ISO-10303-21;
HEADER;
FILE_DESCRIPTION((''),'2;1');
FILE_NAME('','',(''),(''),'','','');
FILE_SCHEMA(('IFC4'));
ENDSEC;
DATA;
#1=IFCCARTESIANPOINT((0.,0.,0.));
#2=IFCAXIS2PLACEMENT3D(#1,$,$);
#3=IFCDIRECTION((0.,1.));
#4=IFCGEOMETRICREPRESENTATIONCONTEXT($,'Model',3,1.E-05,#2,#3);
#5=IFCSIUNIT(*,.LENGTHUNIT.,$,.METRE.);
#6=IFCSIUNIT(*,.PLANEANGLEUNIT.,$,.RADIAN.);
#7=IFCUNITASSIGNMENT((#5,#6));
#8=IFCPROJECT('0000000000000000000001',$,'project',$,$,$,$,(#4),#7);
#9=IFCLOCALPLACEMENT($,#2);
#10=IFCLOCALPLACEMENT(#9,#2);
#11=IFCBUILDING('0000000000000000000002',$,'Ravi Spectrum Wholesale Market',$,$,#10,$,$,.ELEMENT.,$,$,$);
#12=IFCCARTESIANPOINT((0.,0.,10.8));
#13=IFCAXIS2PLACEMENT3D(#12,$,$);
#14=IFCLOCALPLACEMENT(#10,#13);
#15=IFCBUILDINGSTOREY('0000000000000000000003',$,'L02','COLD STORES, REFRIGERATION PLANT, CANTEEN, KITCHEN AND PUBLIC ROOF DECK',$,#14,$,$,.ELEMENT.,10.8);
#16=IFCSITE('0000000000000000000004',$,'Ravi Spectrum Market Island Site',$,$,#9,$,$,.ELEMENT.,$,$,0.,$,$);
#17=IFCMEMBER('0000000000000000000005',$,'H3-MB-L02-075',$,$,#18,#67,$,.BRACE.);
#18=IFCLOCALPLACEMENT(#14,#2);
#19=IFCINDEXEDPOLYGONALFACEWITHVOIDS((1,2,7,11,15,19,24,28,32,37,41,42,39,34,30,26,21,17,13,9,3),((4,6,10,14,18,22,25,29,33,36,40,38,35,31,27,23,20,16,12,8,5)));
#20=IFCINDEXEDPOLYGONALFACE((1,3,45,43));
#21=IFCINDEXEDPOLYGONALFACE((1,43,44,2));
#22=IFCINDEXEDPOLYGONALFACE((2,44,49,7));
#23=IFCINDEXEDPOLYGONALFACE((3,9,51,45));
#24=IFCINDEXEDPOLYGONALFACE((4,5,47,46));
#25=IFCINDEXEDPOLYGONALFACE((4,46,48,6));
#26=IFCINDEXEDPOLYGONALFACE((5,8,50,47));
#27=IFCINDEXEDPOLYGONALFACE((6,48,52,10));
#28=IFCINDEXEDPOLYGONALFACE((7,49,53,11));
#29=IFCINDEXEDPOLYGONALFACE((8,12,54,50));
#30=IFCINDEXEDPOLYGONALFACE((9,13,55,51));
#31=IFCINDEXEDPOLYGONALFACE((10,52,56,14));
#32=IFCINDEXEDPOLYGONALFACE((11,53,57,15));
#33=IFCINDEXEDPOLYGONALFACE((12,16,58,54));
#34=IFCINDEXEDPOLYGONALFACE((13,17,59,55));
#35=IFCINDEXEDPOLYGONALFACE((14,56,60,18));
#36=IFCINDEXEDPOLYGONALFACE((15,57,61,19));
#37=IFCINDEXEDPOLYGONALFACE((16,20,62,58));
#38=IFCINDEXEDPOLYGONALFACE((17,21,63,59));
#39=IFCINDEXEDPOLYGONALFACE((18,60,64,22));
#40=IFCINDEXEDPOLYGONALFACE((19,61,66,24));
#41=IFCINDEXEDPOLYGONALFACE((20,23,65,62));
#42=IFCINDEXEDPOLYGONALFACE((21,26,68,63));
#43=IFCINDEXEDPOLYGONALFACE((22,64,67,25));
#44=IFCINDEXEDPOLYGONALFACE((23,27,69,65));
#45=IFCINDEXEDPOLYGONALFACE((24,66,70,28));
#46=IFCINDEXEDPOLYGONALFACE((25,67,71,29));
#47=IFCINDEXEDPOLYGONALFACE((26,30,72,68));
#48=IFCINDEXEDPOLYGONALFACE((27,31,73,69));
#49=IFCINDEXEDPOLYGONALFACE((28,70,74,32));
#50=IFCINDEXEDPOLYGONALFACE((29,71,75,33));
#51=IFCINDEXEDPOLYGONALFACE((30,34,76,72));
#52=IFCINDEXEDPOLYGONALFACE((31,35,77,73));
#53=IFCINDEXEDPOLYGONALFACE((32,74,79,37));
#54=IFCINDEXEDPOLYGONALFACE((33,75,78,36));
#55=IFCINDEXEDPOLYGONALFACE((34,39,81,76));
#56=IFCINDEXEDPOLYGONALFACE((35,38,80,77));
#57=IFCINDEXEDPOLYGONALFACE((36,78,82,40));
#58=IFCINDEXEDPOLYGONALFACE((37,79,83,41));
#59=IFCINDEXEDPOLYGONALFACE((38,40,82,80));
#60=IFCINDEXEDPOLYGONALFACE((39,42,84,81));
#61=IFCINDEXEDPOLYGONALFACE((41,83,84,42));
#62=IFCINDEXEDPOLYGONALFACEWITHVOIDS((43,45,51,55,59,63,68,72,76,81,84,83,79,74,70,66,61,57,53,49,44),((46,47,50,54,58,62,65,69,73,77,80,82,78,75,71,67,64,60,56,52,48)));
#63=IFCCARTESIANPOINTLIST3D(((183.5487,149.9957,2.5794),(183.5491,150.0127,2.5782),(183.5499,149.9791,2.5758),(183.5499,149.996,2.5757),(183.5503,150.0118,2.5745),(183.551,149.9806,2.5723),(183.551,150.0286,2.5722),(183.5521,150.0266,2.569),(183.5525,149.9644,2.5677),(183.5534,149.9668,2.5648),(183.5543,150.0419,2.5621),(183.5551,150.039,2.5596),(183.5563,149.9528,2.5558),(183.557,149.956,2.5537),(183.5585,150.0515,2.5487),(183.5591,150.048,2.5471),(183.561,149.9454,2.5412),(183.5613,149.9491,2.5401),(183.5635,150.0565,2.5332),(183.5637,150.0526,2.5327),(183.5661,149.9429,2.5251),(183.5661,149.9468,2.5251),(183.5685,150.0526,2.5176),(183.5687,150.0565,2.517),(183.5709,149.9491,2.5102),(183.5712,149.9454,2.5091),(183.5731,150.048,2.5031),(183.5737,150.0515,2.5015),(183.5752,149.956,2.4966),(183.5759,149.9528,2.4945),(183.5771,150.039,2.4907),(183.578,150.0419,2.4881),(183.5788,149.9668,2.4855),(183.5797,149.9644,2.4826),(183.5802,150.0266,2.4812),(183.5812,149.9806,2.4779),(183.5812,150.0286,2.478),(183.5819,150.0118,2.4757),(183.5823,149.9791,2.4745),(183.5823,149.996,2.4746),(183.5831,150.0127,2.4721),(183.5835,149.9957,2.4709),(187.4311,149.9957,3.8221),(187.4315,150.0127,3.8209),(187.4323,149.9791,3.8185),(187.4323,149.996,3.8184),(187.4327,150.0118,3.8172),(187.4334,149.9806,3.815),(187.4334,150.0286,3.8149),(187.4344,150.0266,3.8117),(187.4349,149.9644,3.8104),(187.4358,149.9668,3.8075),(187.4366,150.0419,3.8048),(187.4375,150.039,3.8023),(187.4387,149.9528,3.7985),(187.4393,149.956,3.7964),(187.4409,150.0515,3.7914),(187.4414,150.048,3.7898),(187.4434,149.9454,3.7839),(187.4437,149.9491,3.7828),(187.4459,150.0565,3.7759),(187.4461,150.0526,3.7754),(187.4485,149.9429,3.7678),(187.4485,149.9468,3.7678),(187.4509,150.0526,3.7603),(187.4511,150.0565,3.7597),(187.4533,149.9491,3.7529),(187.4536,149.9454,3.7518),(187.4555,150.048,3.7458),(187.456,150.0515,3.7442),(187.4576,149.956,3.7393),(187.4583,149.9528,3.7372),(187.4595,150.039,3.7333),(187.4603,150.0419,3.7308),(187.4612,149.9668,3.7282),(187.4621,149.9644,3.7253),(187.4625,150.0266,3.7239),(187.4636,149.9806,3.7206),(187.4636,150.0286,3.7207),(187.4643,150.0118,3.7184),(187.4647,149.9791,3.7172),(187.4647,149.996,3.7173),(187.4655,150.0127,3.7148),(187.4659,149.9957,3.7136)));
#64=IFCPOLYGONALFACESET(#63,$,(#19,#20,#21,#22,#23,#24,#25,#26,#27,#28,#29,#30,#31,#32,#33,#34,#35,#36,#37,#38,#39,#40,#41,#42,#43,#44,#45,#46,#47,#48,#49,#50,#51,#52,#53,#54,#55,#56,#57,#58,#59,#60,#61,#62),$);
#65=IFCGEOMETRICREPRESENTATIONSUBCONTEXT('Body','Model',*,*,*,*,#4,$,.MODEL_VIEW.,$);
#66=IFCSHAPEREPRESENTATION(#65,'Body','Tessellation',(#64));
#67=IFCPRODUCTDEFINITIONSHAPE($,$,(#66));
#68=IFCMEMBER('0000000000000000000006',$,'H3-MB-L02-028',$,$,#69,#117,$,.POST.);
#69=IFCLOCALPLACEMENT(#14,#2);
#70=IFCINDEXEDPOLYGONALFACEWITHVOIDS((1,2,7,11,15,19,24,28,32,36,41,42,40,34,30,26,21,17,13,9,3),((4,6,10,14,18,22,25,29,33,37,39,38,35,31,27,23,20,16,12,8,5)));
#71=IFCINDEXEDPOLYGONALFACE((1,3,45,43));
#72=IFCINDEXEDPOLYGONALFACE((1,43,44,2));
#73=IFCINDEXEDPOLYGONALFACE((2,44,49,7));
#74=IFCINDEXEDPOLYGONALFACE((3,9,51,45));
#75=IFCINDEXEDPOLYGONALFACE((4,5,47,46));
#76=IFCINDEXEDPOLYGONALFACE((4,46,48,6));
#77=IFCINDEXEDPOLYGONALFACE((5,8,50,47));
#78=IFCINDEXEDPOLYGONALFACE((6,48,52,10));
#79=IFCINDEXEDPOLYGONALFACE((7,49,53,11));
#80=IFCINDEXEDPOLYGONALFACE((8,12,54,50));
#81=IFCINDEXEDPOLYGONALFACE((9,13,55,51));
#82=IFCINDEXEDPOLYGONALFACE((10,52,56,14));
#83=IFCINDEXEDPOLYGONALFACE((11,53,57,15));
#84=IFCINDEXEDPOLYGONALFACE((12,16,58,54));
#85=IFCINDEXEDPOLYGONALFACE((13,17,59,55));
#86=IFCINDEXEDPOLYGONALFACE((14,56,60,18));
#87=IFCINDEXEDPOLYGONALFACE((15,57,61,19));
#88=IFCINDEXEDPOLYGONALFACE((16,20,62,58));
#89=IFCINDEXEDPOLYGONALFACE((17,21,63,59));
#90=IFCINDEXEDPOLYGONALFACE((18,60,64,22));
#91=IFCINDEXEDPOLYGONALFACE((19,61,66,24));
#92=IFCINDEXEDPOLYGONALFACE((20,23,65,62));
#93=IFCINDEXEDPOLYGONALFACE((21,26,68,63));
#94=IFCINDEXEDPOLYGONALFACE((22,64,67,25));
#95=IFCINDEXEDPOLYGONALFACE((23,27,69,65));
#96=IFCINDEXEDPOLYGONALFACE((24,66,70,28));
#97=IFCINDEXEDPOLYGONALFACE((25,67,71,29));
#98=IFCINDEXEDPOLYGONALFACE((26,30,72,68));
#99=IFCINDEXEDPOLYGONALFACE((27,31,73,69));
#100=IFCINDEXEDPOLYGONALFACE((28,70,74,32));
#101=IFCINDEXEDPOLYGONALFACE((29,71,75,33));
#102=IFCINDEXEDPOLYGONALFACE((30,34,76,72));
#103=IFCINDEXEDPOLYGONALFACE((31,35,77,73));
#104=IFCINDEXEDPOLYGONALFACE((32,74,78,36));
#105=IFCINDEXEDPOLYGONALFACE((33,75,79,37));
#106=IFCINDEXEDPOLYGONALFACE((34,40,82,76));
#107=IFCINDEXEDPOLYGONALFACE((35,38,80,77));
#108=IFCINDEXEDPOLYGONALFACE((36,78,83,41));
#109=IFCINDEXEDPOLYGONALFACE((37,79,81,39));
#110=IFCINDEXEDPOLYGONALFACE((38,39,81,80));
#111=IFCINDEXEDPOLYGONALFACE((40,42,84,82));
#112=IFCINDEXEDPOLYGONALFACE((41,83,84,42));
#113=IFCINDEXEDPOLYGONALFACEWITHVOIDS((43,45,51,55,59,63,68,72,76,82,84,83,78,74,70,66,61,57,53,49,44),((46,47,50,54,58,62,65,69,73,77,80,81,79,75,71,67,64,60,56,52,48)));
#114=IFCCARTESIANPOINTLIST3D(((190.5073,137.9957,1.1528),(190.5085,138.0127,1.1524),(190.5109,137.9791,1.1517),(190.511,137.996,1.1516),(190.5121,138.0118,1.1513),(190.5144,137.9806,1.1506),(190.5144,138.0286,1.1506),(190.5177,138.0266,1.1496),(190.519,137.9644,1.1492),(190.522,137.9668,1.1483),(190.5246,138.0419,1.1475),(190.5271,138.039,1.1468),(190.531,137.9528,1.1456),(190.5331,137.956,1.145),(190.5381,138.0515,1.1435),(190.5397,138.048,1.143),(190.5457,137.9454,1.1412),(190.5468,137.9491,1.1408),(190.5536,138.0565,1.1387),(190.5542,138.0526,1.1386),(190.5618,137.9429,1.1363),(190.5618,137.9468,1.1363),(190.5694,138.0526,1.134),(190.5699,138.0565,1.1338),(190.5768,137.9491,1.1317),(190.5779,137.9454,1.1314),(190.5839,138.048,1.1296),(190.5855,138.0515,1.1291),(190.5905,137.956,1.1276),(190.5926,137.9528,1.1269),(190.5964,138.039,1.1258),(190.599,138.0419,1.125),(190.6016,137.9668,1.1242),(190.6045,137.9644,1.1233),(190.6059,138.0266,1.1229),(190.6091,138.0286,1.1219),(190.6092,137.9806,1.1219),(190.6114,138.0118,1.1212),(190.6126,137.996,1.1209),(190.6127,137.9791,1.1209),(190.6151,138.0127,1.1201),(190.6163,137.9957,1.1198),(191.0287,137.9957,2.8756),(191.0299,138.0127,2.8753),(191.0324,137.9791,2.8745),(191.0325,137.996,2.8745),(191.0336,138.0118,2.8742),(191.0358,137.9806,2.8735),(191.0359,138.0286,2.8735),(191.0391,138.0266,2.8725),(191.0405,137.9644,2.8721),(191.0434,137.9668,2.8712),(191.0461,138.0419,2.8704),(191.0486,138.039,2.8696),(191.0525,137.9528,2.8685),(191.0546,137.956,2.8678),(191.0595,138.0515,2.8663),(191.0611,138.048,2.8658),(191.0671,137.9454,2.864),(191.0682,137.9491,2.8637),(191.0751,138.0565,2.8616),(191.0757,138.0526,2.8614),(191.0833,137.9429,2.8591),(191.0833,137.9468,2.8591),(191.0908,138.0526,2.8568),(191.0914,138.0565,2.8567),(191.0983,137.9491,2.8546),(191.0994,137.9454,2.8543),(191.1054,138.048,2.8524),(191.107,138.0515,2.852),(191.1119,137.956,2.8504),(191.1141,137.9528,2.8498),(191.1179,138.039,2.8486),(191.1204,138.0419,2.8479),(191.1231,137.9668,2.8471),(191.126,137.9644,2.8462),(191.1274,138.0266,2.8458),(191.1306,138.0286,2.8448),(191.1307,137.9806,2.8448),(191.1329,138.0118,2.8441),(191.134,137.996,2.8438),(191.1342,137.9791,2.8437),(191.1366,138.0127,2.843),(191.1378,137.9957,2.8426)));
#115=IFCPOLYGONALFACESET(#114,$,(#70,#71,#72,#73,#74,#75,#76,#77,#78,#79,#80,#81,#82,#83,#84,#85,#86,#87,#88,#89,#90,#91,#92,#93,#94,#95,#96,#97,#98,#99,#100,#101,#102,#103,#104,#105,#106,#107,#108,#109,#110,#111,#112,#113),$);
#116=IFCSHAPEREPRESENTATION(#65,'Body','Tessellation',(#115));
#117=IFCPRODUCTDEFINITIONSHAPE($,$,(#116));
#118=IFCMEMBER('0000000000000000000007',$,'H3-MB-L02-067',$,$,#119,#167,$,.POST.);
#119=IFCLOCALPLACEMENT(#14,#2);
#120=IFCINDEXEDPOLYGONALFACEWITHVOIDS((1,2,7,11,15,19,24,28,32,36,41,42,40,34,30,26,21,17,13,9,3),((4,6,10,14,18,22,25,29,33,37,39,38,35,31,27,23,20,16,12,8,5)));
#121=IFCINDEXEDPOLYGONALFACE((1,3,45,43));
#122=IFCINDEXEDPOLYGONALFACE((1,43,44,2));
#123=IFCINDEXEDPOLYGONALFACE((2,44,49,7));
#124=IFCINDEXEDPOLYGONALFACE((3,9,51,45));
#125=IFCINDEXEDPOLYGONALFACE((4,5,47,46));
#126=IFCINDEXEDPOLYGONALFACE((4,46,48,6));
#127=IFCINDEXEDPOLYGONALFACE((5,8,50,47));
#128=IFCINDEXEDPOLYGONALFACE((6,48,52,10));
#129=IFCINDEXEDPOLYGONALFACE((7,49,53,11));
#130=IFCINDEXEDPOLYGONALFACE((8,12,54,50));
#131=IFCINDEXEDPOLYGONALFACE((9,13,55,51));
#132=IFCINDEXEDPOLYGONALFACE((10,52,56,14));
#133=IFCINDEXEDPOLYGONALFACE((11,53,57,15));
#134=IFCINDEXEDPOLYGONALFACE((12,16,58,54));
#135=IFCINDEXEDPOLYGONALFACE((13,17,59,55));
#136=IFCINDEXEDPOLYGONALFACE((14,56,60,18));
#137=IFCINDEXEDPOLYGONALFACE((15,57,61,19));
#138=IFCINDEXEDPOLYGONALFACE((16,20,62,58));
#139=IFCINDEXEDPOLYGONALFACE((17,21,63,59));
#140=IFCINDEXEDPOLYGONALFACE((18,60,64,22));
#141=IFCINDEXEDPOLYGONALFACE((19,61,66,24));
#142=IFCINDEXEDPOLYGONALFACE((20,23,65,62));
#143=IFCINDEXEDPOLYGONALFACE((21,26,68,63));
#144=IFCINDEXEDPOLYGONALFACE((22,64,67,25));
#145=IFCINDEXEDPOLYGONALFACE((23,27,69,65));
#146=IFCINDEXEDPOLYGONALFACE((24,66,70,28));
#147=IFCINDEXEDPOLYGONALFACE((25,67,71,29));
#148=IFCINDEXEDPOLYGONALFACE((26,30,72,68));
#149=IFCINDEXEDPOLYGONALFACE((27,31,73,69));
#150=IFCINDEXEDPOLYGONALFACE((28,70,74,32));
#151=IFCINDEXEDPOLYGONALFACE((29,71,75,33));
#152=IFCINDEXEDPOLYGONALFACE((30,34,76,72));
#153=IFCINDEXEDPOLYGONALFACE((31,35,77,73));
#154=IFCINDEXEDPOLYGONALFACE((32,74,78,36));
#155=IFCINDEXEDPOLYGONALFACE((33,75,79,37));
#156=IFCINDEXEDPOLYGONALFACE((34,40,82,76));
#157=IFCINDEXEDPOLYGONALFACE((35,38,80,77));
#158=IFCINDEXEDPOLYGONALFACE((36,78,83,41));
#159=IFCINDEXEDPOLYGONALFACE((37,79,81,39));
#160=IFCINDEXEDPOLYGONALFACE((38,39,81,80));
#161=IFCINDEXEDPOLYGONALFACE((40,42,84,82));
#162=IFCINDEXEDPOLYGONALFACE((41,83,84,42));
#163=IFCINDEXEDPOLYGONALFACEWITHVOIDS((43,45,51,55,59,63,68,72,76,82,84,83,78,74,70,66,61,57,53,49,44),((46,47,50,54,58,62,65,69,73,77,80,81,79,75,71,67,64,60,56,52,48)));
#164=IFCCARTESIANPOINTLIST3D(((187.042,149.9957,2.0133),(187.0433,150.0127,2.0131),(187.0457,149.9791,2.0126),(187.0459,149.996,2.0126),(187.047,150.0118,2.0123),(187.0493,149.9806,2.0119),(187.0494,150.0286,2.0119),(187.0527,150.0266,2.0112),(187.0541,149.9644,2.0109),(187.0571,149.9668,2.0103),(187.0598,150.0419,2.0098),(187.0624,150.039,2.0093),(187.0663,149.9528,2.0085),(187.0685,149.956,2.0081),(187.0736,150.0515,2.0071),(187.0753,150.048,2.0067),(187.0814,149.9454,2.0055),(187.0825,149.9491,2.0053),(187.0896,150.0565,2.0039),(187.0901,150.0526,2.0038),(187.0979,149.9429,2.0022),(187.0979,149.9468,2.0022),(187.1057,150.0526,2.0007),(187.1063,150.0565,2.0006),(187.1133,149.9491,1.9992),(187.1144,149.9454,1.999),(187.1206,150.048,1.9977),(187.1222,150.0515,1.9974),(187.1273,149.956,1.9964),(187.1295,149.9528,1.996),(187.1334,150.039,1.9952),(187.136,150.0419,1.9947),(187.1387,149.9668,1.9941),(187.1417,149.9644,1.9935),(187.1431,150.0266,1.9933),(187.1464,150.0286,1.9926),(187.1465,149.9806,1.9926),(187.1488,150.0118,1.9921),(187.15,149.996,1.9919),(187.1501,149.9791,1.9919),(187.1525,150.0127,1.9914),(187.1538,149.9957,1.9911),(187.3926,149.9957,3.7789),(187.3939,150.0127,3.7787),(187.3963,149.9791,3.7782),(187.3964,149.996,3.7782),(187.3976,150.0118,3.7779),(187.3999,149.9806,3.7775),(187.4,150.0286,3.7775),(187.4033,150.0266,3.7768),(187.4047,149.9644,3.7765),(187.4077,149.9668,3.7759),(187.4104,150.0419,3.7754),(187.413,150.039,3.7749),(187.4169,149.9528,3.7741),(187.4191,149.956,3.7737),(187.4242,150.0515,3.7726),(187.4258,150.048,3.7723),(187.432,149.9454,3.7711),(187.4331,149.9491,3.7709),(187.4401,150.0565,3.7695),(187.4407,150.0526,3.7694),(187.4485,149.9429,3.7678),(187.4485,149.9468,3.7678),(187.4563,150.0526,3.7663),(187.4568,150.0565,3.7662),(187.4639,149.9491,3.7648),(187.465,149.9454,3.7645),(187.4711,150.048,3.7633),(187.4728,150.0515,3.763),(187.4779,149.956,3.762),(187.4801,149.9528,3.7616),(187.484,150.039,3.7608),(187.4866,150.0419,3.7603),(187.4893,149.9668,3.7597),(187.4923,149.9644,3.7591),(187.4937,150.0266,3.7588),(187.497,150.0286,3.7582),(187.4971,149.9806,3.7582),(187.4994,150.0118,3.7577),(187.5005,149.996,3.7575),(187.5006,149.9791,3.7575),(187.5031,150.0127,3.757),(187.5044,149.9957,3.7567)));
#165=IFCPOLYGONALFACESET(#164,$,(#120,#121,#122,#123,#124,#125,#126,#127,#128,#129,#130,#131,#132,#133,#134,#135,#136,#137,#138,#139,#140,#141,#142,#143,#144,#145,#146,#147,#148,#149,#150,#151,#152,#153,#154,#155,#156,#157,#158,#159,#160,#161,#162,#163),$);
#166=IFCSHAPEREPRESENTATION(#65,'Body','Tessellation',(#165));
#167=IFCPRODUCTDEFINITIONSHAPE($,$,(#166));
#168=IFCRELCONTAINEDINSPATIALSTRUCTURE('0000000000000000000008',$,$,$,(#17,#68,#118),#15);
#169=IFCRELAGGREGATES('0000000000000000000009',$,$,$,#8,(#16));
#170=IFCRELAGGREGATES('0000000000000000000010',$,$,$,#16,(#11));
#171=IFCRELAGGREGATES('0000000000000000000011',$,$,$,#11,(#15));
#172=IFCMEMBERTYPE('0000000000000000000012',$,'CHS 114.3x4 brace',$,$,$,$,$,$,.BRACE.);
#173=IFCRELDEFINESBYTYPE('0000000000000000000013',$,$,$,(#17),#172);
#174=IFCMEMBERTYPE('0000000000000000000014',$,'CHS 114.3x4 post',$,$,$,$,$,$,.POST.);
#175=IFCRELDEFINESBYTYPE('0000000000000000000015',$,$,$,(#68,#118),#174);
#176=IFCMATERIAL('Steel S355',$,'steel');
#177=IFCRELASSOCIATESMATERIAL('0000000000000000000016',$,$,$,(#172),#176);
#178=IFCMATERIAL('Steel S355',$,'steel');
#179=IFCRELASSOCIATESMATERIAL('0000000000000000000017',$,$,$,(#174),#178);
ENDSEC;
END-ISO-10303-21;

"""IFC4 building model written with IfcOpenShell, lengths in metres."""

from ifc_helpers import new_model, si_unit, direction, frame, origin, origin_2d, place, context, subcontext, project, spatial, hollow_circle, extrude, material, material_profile, profile_set, type_object, element, save


model = new_model("IFC4")

# Units and contexts
model_context = context("Model", 3, precision=1e-05, world=origin(), true_north=direction((0.0, 1.0)))
body_context = subcontext(model_context, "Body", "Model", "MODEL_VIEW")
ifc_project = project(units=[si_unit("LENGTHUNIT", "METRE"), si_unit("PLANEANGLEUNIT", "RADIAN")], contexts=[model_context])

# Site, building, storey
site_placement = place(None, origin())
site = spatial("IfcSite", under=ifc_project, at=site_placement, Name="Ravi Spectrum Market Island Site", CompositionType="ELEMENT", RefElevation=0.0)
building_placement = place(site_placement, origin())
building = spatial("IfcBuilding", under=site, at=building_placement, Name="Ravi Spectrum Wholesale Market", CompositionType="ELEMENT")
storey_placement = place(building_placement, frame((0.0, 0.0, 10.8)))
storey = spatial("IfcBuildingStorey", under=building, at=storey_placement, Name="L02", Description="COLD STORES, REFRIGERATION PLANT, CANTEEN, KITCHEN AND PUBLIC ROOF DECK", CompositionType="ELEMENT", Elevation=10.8)

# Members
ifc_material_1 = material(Name="Steel S355", Category="steel")
ifc_material_profile_1 = material_profile(ifc_material_1, hollow_circle(Radius=0.0571, WallThickness=0.0039, at=origin_2d()))
ifc_profile_set_1 = profile_set([ifc_material_profile_1], Name="Steel S355")
member_type_1 = type_object("IfcMemberType", Name="CHS 114.3x4 brace", PredefinedType="BRACE", material=ifc_profile_set_1)
member_1_placement = place(storey_placement, frame((187.4485, 150.0, 3.7678), z_axis=(-0.952401, 0.0, -0.30485), x_axis=(0.0, -1.0, 0.0)))
element("IfcMember", 1, at=member_1_placement, inside=storey, type_object=member_type_1, Name="H3-MB-L02-075", PredefinedType="BRACE", context=body_context, shape_type="SweptSolid", body=[
    extrude(hollow_circle(Radius=0.0571, WallThickness=0.0039, at=origin_2d()), origin(), (0.0, 0.0, 1.0), 4.0764),
])
ifc_material_2 = material(Name="Steel S355", Category="steel")
ifc_material_profile_2 = material_profile(ifc_material_2, hollow_circle(Radius=0.0571, WallThickness=0.0039, at=origin_2d()))
ifc_profile_set_2 = profile_set([ifc_material_profile_2], Name="Steel S355")
member_type_2 = type_object("IfcMemberType", Name="CHS 114.3x4 post", PredefinedType="POST", material=ifc_profile_set_2)
for number, where, z_axis, x_axis, name in (
    (2, (191.0833, 138.0, 2.8591), (-0.289699, 0.0, -0.957118), (0.0, -1.0, 0.0), "H3-MB-L02-028"),
    (3, (187.4485, 150.0, 3.7678), (-0.19476, 0.0, -0.980851), (0.0, -1.0, 0.0), "H3-MB-L02-067"),
):
    element("IfcMember", number, at=place(storey_placement, frame(where, z_axis=z_axis, x_axis=x_axis)), inside=storey, type_object=member_type_2, Name=name, PredefinedType="POST", context=body_context, shape_type="SweptSolid", body=[
        extrude(hollow_circle(Radius=0.0571, WallThickness=0.0039, at=origin_2d()), origin(), (0.0, 0.0, 1.0), 1.8),
    ])

save(model, "model.ifc")
